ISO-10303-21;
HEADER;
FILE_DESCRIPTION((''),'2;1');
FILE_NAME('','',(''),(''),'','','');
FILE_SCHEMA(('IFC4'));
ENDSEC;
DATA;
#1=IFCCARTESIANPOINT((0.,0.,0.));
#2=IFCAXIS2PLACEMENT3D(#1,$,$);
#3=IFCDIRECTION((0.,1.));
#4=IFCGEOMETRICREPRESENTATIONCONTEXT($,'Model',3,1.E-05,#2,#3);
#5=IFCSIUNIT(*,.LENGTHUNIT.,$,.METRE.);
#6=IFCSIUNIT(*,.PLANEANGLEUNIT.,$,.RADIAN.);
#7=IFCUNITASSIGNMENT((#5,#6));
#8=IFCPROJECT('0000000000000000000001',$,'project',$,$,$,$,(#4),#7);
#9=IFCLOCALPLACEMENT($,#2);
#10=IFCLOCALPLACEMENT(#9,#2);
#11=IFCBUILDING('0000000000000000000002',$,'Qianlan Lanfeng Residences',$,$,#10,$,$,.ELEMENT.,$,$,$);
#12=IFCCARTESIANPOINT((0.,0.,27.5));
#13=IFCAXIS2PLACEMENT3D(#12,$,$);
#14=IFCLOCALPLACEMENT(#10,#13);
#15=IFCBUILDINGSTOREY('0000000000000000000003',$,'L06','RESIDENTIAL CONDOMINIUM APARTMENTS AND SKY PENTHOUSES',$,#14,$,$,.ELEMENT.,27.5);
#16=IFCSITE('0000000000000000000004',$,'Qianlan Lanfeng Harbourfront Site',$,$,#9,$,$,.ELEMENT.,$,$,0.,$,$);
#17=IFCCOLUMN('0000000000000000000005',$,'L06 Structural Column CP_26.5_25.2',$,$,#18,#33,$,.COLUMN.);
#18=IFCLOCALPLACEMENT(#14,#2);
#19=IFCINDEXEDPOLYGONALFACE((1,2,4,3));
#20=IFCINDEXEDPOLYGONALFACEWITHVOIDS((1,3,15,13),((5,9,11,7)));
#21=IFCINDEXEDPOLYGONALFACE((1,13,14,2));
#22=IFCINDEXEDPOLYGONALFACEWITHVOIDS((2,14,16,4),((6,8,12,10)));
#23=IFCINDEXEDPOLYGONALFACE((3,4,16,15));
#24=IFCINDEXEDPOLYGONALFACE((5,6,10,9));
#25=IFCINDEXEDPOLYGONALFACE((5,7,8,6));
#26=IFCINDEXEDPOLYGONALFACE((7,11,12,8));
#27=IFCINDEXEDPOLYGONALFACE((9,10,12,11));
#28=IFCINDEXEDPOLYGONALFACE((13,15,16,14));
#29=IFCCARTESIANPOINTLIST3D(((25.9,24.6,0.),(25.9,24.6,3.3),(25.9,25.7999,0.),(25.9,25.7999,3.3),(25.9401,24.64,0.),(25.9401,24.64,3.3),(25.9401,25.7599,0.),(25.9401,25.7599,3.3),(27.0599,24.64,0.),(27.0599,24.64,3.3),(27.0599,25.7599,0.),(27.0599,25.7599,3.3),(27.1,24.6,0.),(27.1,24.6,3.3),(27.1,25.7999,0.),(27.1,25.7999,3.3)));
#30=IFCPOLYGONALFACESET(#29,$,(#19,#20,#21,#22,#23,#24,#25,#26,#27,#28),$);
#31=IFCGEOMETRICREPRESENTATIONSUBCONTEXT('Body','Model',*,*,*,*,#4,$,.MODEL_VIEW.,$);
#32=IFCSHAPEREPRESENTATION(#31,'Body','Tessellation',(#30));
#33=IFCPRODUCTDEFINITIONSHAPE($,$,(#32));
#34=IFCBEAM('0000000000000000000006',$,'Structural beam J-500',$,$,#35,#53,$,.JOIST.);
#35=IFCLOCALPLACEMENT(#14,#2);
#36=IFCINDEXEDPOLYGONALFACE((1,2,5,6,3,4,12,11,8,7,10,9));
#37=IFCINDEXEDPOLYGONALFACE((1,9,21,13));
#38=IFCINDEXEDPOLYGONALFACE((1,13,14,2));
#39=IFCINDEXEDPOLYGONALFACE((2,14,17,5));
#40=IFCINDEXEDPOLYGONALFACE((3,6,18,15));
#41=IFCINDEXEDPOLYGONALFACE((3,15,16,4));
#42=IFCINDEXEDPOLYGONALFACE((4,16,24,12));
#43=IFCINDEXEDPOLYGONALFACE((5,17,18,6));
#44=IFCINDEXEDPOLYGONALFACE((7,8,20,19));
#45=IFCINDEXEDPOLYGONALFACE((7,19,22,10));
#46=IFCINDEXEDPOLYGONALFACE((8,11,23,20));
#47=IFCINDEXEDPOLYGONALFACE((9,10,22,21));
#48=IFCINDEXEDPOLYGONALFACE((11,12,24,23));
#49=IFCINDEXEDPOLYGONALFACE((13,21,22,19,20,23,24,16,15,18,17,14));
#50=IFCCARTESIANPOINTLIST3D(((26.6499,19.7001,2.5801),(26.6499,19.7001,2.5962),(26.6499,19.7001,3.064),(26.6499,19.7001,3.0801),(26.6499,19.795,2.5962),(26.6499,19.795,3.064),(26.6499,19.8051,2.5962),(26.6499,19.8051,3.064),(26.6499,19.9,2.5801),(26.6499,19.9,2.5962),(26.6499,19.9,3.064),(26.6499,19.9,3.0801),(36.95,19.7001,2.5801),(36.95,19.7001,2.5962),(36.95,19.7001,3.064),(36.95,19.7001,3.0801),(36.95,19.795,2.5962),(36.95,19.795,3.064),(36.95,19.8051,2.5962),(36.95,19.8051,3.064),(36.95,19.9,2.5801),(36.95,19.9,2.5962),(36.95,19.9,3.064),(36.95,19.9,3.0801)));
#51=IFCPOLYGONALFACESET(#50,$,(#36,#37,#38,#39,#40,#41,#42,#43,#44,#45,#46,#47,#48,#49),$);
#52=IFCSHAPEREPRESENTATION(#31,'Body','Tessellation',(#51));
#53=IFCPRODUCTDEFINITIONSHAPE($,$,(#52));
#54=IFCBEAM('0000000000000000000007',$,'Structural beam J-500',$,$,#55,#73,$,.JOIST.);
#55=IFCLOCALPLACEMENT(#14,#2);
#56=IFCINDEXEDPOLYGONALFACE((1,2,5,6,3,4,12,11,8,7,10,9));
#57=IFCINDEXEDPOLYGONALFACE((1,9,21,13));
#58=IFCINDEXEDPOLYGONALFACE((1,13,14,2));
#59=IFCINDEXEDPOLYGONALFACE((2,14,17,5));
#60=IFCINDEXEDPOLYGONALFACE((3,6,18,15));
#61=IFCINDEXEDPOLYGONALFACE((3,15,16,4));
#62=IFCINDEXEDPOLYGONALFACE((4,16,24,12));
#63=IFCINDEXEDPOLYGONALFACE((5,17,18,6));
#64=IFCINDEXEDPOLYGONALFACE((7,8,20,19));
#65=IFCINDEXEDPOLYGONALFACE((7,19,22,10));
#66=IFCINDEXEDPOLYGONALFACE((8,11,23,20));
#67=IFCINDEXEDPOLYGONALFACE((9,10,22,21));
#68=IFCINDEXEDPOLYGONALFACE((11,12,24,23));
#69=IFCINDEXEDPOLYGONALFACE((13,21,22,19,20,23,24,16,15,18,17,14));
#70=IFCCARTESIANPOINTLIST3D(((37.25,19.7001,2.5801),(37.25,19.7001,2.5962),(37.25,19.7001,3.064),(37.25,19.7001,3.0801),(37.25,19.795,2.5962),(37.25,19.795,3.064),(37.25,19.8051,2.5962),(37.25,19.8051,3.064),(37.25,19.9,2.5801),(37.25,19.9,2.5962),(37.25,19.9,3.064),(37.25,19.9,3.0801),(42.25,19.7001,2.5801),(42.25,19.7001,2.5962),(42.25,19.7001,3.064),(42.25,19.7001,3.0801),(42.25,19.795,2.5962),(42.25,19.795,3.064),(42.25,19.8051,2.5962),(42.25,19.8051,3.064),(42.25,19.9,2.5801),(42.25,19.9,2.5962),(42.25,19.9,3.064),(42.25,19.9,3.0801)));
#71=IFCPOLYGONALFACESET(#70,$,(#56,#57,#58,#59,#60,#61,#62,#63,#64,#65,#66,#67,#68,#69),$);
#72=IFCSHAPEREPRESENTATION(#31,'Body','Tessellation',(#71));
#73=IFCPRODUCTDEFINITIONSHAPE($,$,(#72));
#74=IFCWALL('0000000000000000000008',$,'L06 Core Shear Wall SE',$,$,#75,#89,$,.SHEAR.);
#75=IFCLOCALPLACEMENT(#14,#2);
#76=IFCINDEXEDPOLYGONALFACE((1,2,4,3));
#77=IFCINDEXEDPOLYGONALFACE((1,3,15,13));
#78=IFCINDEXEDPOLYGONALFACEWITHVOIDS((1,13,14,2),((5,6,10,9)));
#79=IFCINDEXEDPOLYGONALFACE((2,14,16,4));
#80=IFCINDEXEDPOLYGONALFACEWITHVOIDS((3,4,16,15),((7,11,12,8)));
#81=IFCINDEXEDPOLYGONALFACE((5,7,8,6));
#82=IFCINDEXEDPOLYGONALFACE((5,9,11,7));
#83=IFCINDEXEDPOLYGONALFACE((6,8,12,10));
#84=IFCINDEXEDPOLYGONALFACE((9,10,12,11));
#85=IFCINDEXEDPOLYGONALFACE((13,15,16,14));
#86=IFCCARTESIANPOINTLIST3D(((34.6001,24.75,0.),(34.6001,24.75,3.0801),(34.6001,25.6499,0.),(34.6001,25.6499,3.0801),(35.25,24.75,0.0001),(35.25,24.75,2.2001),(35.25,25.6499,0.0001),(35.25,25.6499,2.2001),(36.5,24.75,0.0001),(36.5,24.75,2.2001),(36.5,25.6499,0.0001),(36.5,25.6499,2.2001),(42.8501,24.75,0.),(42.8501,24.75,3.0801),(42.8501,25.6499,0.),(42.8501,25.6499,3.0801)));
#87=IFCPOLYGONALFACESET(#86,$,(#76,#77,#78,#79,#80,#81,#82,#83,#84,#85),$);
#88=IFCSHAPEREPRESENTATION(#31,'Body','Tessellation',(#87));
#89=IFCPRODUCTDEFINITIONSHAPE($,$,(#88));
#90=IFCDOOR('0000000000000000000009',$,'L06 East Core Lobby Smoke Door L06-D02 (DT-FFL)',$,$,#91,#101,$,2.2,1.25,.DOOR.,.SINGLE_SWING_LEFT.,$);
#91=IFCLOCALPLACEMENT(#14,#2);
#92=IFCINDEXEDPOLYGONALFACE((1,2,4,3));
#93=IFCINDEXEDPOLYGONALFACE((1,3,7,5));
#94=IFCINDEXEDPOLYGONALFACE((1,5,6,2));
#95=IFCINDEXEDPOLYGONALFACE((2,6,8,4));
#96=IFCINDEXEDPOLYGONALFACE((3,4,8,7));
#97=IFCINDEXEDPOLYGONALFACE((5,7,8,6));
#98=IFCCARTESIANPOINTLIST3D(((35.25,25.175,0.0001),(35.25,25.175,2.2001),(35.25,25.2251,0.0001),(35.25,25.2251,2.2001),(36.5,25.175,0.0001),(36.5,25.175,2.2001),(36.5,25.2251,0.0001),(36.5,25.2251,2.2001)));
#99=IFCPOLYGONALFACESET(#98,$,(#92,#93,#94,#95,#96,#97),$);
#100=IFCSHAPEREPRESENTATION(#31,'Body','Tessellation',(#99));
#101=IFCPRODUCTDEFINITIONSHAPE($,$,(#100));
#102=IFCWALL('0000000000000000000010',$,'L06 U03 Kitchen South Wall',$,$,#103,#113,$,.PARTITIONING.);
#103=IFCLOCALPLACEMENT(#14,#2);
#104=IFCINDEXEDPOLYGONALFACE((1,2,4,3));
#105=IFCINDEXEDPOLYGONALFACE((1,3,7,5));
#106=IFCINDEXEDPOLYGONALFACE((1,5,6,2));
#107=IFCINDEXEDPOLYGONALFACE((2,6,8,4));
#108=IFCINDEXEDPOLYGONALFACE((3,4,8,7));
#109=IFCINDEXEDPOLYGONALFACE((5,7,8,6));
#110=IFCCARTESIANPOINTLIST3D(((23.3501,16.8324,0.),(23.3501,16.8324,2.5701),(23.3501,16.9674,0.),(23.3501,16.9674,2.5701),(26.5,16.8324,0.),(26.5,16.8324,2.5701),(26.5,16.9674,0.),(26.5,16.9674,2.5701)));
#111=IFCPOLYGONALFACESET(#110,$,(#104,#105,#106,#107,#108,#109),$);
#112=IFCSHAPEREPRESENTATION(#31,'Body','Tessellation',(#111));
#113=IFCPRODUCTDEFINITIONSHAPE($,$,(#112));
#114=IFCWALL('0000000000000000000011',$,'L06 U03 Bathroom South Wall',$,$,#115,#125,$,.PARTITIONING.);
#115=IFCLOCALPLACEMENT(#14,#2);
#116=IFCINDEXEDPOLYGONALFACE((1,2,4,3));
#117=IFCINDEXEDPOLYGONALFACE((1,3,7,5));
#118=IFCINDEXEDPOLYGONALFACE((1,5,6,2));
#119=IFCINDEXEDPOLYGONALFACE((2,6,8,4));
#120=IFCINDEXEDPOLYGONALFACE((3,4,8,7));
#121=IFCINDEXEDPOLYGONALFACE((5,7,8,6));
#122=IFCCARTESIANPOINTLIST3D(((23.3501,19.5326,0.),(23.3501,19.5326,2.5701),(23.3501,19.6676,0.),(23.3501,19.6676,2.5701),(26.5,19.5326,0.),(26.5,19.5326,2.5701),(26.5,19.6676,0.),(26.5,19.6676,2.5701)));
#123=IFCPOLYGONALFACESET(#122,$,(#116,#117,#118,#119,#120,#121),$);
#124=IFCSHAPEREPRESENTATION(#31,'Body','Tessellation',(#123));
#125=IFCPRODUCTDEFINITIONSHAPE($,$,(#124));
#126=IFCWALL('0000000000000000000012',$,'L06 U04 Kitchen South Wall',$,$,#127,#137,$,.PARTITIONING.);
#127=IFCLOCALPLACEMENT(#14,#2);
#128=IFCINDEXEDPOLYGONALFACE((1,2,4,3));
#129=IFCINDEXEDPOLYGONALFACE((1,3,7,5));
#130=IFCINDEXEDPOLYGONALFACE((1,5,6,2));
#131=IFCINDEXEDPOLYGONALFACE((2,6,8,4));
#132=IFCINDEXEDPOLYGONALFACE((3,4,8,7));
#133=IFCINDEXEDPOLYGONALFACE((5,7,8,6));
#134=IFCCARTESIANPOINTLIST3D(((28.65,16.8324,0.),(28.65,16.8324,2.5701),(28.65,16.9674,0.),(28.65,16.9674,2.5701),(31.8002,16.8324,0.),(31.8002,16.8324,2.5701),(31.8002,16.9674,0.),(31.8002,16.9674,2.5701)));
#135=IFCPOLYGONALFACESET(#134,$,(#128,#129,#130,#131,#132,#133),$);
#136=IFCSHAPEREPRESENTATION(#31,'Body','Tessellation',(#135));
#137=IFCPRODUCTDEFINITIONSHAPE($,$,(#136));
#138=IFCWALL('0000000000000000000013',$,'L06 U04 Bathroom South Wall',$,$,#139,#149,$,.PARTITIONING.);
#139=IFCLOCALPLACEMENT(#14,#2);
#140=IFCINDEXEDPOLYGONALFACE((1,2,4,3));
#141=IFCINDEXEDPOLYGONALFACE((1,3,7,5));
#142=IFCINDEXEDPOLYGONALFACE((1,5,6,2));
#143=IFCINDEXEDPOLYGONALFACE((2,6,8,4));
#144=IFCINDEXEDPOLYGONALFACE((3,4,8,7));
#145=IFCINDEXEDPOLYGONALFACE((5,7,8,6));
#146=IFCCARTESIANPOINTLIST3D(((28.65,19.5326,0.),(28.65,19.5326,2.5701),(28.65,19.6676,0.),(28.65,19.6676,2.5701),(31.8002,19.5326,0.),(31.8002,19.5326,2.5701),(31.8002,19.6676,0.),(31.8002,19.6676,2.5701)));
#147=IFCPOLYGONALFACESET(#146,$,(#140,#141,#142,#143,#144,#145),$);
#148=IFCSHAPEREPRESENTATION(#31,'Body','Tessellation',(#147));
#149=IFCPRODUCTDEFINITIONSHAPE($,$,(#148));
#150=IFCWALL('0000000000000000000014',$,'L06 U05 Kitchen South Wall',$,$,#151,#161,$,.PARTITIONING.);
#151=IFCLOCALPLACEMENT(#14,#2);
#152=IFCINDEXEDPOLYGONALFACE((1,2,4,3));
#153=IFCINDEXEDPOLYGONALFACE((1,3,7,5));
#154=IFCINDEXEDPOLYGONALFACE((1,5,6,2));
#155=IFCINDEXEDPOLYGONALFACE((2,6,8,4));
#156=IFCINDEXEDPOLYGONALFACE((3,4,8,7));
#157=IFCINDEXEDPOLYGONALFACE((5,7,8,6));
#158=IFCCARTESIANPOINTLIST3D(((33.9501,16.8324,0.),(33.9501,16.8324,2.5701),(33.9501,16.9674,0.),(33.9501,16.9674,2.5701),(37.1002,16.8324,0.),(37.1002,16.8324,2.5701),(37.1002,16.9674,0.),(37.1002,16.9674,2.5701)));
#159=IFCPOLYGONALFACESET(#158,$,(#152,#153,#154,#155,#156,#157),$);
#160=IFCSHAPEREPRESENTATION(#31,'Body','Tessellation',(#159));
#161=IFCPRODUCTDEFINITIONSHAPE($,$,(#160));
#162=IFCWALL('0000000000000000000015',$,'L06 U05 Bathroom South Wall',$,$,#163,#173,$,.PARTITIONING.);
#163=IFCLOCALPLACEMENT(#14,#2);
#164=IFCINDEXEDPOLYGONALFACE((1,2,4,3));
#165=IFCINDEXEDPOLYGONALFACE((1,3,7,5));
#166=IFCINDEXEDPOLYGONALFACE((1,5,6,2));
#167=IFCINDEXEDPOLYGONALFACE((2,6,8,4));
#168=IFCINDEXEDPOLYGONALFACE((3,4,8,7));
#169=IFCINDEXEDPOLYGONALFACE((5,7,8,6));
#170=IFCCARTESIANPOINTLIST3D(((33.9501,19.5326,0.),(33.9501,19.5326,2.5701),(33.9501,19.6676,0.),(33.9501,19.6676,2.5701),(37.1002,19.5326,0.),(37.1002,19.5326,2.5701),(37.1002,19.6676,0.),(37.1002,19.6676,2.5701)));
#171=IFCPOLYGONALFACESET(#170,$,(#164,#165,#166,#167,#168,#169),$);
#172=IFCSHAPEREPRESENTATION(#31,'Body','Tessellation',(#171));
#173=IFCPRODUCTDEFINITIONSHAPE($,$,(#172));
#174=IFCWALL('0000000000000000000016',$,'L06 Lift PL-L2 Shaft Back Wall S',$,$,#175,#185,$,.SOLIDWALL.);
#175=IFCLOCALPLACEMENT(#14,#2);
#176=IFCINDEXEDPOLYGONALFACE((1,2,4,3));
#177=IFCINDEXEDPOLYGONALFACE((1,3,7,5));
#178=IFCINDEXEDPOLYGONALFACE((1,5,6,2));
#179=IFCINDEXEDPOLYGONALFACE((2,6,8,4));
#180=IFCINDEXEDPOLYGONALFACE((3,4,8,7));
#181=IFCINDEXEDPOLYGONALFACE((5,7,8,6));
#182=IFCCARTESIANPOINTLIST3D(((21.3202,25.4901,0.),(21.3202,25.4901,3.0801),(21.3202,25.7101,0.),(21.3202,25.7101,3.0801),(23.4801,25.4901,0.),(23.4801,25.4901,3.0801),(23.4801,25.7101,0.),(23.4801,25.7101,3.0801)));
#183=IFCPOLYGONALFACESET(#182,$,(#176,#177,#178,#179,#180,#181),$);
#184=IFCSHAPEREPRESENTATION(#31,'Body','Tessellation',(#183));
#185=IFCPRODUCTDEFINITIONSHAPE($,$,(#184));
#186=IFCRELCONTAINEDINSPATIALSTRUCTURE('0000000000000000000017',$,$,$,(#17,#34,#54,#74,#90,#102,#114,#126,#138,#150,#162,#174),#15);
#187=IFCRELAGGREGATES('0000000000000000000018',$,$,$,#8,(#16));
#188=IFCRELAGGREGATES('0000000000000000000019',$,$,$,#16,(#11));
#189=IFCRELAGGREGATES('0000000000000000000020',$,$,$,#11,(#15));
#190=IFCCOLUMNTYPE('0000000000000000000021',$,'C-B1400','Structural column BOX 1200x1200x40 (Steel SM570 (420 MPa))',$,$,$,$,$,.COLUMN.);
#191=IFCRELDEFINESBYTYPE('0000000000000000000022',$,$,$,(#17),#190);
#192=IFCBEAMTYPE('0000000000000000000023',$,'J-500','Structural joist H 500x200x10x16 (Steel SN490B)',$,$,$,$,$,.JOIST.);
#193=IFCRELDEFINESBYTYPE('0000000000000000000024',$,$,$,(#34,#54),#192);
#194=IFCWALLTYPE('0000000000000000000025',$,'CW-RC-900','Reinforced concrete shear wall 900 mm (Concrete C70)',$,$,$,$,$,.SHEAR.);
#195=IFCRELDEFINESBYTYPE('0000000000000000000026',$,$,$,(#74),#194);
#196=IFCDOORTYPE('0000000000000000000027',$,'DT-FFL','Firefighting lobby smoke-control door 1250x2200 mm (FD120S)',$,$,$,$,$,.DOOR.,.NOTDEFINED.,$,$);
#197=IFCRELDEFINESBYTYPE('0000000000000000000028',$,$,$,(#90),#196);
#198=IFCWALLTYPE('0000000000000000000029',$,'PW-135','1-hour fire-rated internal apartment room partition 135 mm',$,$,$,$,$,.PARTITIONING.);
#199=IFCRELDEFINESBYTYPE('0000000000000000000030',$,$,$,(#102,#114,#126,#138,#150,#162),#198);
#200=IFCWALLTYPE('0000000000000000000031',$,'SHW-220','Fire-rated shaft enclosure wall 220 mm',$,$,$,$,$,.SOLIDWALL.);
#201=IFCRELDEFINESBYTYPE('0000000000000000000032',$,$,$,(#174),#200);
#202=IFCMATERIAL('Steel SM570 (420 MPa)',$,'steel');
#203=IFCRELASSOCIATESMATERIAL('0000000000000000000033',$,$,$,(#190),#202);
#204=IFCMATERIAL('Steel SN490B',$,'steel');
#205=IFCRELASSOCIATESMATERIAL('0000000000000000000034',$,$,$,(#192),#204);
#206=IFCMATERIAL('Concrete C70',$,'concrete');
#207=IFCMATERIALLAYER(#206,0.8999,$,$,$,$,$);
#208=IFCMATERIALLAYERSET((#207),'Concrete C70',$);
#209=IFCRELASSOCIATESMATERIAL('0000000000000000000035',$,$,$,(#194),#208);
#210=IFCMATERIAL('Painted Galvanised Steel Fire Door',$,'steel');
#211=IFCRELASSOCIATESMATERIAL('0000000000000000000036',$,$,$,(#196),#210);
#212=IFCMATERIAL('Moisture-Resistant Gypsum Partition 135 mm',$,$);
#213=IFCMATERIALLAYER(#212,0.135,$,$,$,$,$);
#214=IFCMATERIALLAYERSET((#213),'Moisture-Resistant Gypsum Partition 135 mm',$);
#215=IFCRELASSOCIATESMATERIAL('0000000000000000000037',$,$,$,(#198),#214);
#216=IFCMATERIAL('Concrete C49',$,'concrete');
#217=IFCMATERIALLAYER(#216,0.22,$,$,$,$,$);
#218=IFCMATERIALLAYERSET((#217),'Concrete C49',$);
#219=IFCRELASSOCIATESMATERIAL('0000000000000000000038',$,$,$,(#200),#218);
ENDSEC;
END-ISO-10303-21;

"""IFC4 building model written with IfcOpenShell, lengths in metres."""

from ifc_helpers import new_model, si_unit, direction, frame, frame_2d, origin, origin_2d, place, context, subcontext, project, spatial, rectangle, hollow_rectangle, i_section, extrude, material, layer, layer_set, material_profile, profile_set, type_object, element, fill, save


model = new_model("IFC4")

# Units and contexts
model_context = context("Model", 3, precision=1e-05, world=origin(), true_north=direction((0.0, 1.0)))
body_context = subcontext(model_context, "Body", "Model", "MODEL_VIEW")
ifc_project = project(units=[si_unit("LENGTHUNIT", "METRE"), si_unit("PLANEANGLEUNIT", "RADIAN")], contexts=[model_context])

# Site, building, storey
site_placement = place(None, origin())
site = spatial("IfcSite", under=ifc_project, at=site_placement, Name="Qianlan Lanfeng Harbourfront Site", CompositionType="ELEMENT", RefElevation=0.0)
building_placement = place(site_placement, origin())
building = spatial("IfcBuilding", under=site, at=building_placement, Name="Qianlan Lanfeng Residences", CompositionType="ELEMENT")
storey_placement = place(building_placement, frame((0.0, 0.0, 27.5)))
storey = spatial("IfcBuildingStorey", under=building, at=storey_placement, Name="L06", Description="RESIDENTIAL CONDOMINIUM APARTMENTS AND SKY PENTHOUSES", CompositionType="ELEMENT", Elevation=27.5)

# Column
ifc_material_1 = material(Name="Steel SM570 (420 MPa)", Category="steel")
ifc_material_profile_1 = material_profile(ifc_material_1, hollow_rectangle(XDim=1.2, YDim=1.2, WallThickness=0.04, at=origin_2d()), Name="BOX 1200x1200x40")
ifc_profile_set_1 = profile_set([ifc_material_profile_1], Name="Steel SM570 (420 MPa)")
column_type = type_object("IfcColumnType", Name="C-B1400", Description="Structural column BOX 1200x1200x40 (Steel SM570 (420 MPa))", PredefinedType="COLUMN", material=ifc_profile_set_1)
column_placement = place(storey_placement, frame((26.5, 25.2, 0.0), z_axis=(0.0, 0.0, 1.0), x_axis=(1.0, 0.0, 0.0)))
element("IfcColumn", 1, at=column_placement, inside=storey, type_object=column_type, Name="L06 Structural Column CP_26.5_25.2", PredefinedType="COLUMN", context=body_context, shape_type="SweptSolid", body=[
    extrude(hollow_rectangle(XDim=1.2, YDim=1.2, WallThickness=0.04, at=origin_2d()), origin(), (0.0, 0.0, 1.0), 3.3),
])

# Beams
ifc_material_2 = material(Name="Steel SN490B", Category="steel")
ifc_material_profile_2 = material_profile(ifc_material_2, i_section(OverallWidth=0.2, OverallDepth=0.5, WebThickness=0.01, FlangeThickness=0.0161, at=origin_2d()), Name="H 500x200x10x16")
ifc_profile_set_2 = profile_set([ifc_material_profile_2], Name="Steel SN490B")
beam_type = type_object("IfcBeamType", Name="J-500", Description="Structural joist H 500x200x10x16 (Steel SN490B)", PredefinedType="JOIST", material=ifc_profile_set_2)
beam_1_placement = place(storey_placement, frame((26.6499, 19.8, 2.8301), z_axis=(1.0, 0.0, 0.0), x_axis=(0.0, 1.0, 0.0)))
element("IfcBeam", 2, at=beam_1_placement, inside=storey, type_object=beam_type, Name="Structural beam J-500", PredefinedType="JOIST", context=body_context, shape_type="SweptSolid", body=[
    extrude(i_section(OverallWidth=0.2, OverallDepth=0.5, WebThickness=0.01, FlangeThickness=0.0161, at=origin_2d()), origin(), (0.0, 0.0, 1.0), 10.3),
])
beam_2_placement = place(storey_placement, frame((37.25, 19.8, 2.8301), z_axis=(1.0, 0.0, 0.0), x_axis=(0.0, 1.0, 0.0)))
element("IfcBeam", 3, at=beam_2_placement, inside=storey, type_object=beam_type, Name="Structural beam J-500", PredefinedType="JOIST", context=body_context, shape_type="SweptSolid", body=[
    extrude(i_section(OverallWidth=0.2, OverallDepth=0.5, WebThickness=0.01, FlangeThickness=0.0161, at=origin_2d()), origin(), (0.0, 0.0, 1.0), 5.0),
])

# Wall, opening, door
ifc_material_3 = material(Name="Concrete C70", Category="concrete")
ifc_layer_1 = layer(ifc_material_3, 0.8999)
ifc_layer_set_1 = layer_set([ifc_layer_1], Name="Concrete C70")
wall_type_1 = type_object("IfcWallType", Name="CW-RC-900", Description="Reinforced concrete shear wall 900 mm (Concrete C70)", PredefinedType="SHEAR", material=ifc_layer_set_1)
wall_1_placement = place(storey_placement, frame((34.6001, 25.2, 0.0), z_axis=(0.0, 0.0, 1.0), x_axis=(1.0, 0.0, 0.0)))
wall_1 = element("IfcWall", 4, at=wall_1_placement, inside=storey, type_object=wall_type_1, Name="L06 Core Shear Wall SE", PredefinedType="SHEAR", context=body_context, shape_type="SweptSolid", body=[
    extrude(rectangle(XDim=8.25, YDim=0.8999, at=frame_2d((4.125, 0.0))), origin(), (0.0, 0.0, 1.0), 3.0801),
])
opening_1_placement = place(wall_1_placement, frame((0.6499, 0.0, 0.0)))
opening_1 = element("IfcOpeningElement", 5, at=opening_1_placement, cuts=wall_1, PredefinedType="OPENING", context=body_context, shape_type="SweptSolid", body=[
    extrude(rectangle(XDim=1.25, YDim=2.2, at=frame_2d((0.625, 1.1001))), frame((0.0, 0.46, 0.0), z_axis=(0.0, -1.0, 0.0), x_axis=(1.0, 0.0, 0.0)), (0.0, 0.0, 1.0), 0.9199),
])
ifc_material_4 = material(Name="Painted Galvanised Steel Fire Door", Category="steel")
door_type_1 = type_object("IfcDoorType", Name="DT-FFL", Description="Firefighting lobby smoke-control door 1250x2200 mm (FD120S)", OperationType="NOTDEFINED", PredefinedType="DOOR", material=ifc_material_4)
door_1_placement = place(opening_1_placement, frame((1.25, 0.0, 0.0), z_axis=(0.0, 0.0, 1.0), x_axis=(-1.0, 0.0, 0.0)))
door_1 = element("IfcDoor", 6, at=door_1_placement, inside=storey, type_object=door_type_1, Name="L06 East Core Lobby Smoke Door L06-D02 (DT-FFL)", OperationType="SINGLE_SWING_LEFT", OverallHeight=2.2, OverallWidth=1.25, PredefinedType="DOOR", context=body_context, shape_type="SweptSolid", body=[
    extrude(rectangle(XDim=1.25, YDim=2.2, at=frame_2d((0.625, 1.1001))), frame((0.0, 0.0249, 0.0), z_axis=(0.0, -1.0, 0.0), x_axis=(1.0, 0.0, 0.0)), (0.0, 0.0, 1.0), 0.05),
])
fill(opening_1, door_1)

# Walls
ifc_material_5 = material(Name="Moisture-Resistant Gypsum Partition 135 mm")
ifc_layer_2 = layer(ifc_material_5, 0.135)
ifc_layer_set_2 = layer_set([ifc_layer_2], Name="Moisture-Resistant Gypsum Partition 135 mm")
wall_type_2 = type_object("IfcWallType", Name="PW-135", Description="1-hour fire-rated internal apartment room partition 135 mm", PredefinedType="PARTITIONING", material=ifc_layer_set_2)
for number, where, z_axis, x_axis, name in (
    (7, (23.3501, 16.8999, 0.0), (0.0, 0.0, 1.0), (1.0, 0.0, 0.0), "L06 U03 Kitchen South Wall"),
    (8, (23.3501, 19.6001, 0.0), (0.0, 0.0, 1.0), (1.0, 0.0, 0.0), "L06 U03 Bathroom South Wall"),
):
    element("IfcWall", number, at=place(storey_placement, frame(where, z_axis=z_axis, x_axis=x_axis)), inside=storey, type_object=wall_type_2, Name=name, PredefinedType="PARTITIONING", context=body_context, shape_type="SweptSolid", body=[
        extrude(rectangle(XDim=3.1499, YDim=0.135, at=frame_2d((1.575, 0.0))), origin(), (0.0, 0.0, 1.0), 2.5701),
    ])
for number, where, z_axis, x_axis, name in (
    (9, (28.6499, 16.8999, 0.0), (0.0, 0.0, 1.0), (1.0, 0.0, 0.0), "L06 U04 Kitchen South Wall"),
    (10, (28.6499, 19.6001, 0.0), (0.0, 0.0, 1.0), (1.0, 0.0, 0.0), "L06 U04 Bathroom South Wall"),
    (11, (33.95, 16.8999, 0.0), (0.0, 0.0, 1.0), (1.0, 0.0, 0.0), "L06 U05 Kitchen South Wall"),
    (12, (33.95, 19.6001, 0.0), (0.0, 0.0, 1.0), (1.0, 0.0, 0.0), "L06 U05 Bathroom South Wall"),
):
    element("IfcWall", number, at=place(storey_placement, frame(where, z_axis=z_axis, x_axis=x_axis)), inside=storey, type_object=wall_type_2, Name=name, PredefinedType="PARTITIONING", context=body_context, shape_type="SweptSolid", body=[
        extrude(rectangle(XDim=3.1501, YDim=0.135, at=frame_2d((1.5752, 0.0))), origin(), (0.0, 0.0, 1.0), 2.5701),
    ])

# Wall
ifc_material_6 = material(Name="Concrete C49", Category="concrete")
ifc_layer_3 = layer(ifc_material_6, 0.22)
ifc_layer_set_3 = layer_set([ifc_layer_3], Name="Concrete C49")
wall_type_3 = type_object("IfcWallType", Name="SHW-220", Description="Fire-rated shaft enclosure wall 220 mm", PredefinedType="SOLIDWALL", material=ifc_layer_set_3)
wall_2_placement = place(storey_placement, frame((21.3201, 25.6001, 0.0), z_axis=(0.0, 0.0, 1.0), x_axis=(1.0, 0.0, 0.0)))
element("IfcWall", 13, at=wall_2_placement, inside=storey, type_object=wall_type_3, Name="L06 Lift PL-L2 Shaft Back Wall S", PredefinedType="SOLIDWALL", context=body_context, shape_type="SweptSolid", body=[
    extrude(rectangle(XDim=2.1599, YDim=0.22, at=frame_2d((1.0801, 0.0))), origin(), (0.0, 0.0, 1.0), 3.0801),
])

save(model, "model.ifc")
